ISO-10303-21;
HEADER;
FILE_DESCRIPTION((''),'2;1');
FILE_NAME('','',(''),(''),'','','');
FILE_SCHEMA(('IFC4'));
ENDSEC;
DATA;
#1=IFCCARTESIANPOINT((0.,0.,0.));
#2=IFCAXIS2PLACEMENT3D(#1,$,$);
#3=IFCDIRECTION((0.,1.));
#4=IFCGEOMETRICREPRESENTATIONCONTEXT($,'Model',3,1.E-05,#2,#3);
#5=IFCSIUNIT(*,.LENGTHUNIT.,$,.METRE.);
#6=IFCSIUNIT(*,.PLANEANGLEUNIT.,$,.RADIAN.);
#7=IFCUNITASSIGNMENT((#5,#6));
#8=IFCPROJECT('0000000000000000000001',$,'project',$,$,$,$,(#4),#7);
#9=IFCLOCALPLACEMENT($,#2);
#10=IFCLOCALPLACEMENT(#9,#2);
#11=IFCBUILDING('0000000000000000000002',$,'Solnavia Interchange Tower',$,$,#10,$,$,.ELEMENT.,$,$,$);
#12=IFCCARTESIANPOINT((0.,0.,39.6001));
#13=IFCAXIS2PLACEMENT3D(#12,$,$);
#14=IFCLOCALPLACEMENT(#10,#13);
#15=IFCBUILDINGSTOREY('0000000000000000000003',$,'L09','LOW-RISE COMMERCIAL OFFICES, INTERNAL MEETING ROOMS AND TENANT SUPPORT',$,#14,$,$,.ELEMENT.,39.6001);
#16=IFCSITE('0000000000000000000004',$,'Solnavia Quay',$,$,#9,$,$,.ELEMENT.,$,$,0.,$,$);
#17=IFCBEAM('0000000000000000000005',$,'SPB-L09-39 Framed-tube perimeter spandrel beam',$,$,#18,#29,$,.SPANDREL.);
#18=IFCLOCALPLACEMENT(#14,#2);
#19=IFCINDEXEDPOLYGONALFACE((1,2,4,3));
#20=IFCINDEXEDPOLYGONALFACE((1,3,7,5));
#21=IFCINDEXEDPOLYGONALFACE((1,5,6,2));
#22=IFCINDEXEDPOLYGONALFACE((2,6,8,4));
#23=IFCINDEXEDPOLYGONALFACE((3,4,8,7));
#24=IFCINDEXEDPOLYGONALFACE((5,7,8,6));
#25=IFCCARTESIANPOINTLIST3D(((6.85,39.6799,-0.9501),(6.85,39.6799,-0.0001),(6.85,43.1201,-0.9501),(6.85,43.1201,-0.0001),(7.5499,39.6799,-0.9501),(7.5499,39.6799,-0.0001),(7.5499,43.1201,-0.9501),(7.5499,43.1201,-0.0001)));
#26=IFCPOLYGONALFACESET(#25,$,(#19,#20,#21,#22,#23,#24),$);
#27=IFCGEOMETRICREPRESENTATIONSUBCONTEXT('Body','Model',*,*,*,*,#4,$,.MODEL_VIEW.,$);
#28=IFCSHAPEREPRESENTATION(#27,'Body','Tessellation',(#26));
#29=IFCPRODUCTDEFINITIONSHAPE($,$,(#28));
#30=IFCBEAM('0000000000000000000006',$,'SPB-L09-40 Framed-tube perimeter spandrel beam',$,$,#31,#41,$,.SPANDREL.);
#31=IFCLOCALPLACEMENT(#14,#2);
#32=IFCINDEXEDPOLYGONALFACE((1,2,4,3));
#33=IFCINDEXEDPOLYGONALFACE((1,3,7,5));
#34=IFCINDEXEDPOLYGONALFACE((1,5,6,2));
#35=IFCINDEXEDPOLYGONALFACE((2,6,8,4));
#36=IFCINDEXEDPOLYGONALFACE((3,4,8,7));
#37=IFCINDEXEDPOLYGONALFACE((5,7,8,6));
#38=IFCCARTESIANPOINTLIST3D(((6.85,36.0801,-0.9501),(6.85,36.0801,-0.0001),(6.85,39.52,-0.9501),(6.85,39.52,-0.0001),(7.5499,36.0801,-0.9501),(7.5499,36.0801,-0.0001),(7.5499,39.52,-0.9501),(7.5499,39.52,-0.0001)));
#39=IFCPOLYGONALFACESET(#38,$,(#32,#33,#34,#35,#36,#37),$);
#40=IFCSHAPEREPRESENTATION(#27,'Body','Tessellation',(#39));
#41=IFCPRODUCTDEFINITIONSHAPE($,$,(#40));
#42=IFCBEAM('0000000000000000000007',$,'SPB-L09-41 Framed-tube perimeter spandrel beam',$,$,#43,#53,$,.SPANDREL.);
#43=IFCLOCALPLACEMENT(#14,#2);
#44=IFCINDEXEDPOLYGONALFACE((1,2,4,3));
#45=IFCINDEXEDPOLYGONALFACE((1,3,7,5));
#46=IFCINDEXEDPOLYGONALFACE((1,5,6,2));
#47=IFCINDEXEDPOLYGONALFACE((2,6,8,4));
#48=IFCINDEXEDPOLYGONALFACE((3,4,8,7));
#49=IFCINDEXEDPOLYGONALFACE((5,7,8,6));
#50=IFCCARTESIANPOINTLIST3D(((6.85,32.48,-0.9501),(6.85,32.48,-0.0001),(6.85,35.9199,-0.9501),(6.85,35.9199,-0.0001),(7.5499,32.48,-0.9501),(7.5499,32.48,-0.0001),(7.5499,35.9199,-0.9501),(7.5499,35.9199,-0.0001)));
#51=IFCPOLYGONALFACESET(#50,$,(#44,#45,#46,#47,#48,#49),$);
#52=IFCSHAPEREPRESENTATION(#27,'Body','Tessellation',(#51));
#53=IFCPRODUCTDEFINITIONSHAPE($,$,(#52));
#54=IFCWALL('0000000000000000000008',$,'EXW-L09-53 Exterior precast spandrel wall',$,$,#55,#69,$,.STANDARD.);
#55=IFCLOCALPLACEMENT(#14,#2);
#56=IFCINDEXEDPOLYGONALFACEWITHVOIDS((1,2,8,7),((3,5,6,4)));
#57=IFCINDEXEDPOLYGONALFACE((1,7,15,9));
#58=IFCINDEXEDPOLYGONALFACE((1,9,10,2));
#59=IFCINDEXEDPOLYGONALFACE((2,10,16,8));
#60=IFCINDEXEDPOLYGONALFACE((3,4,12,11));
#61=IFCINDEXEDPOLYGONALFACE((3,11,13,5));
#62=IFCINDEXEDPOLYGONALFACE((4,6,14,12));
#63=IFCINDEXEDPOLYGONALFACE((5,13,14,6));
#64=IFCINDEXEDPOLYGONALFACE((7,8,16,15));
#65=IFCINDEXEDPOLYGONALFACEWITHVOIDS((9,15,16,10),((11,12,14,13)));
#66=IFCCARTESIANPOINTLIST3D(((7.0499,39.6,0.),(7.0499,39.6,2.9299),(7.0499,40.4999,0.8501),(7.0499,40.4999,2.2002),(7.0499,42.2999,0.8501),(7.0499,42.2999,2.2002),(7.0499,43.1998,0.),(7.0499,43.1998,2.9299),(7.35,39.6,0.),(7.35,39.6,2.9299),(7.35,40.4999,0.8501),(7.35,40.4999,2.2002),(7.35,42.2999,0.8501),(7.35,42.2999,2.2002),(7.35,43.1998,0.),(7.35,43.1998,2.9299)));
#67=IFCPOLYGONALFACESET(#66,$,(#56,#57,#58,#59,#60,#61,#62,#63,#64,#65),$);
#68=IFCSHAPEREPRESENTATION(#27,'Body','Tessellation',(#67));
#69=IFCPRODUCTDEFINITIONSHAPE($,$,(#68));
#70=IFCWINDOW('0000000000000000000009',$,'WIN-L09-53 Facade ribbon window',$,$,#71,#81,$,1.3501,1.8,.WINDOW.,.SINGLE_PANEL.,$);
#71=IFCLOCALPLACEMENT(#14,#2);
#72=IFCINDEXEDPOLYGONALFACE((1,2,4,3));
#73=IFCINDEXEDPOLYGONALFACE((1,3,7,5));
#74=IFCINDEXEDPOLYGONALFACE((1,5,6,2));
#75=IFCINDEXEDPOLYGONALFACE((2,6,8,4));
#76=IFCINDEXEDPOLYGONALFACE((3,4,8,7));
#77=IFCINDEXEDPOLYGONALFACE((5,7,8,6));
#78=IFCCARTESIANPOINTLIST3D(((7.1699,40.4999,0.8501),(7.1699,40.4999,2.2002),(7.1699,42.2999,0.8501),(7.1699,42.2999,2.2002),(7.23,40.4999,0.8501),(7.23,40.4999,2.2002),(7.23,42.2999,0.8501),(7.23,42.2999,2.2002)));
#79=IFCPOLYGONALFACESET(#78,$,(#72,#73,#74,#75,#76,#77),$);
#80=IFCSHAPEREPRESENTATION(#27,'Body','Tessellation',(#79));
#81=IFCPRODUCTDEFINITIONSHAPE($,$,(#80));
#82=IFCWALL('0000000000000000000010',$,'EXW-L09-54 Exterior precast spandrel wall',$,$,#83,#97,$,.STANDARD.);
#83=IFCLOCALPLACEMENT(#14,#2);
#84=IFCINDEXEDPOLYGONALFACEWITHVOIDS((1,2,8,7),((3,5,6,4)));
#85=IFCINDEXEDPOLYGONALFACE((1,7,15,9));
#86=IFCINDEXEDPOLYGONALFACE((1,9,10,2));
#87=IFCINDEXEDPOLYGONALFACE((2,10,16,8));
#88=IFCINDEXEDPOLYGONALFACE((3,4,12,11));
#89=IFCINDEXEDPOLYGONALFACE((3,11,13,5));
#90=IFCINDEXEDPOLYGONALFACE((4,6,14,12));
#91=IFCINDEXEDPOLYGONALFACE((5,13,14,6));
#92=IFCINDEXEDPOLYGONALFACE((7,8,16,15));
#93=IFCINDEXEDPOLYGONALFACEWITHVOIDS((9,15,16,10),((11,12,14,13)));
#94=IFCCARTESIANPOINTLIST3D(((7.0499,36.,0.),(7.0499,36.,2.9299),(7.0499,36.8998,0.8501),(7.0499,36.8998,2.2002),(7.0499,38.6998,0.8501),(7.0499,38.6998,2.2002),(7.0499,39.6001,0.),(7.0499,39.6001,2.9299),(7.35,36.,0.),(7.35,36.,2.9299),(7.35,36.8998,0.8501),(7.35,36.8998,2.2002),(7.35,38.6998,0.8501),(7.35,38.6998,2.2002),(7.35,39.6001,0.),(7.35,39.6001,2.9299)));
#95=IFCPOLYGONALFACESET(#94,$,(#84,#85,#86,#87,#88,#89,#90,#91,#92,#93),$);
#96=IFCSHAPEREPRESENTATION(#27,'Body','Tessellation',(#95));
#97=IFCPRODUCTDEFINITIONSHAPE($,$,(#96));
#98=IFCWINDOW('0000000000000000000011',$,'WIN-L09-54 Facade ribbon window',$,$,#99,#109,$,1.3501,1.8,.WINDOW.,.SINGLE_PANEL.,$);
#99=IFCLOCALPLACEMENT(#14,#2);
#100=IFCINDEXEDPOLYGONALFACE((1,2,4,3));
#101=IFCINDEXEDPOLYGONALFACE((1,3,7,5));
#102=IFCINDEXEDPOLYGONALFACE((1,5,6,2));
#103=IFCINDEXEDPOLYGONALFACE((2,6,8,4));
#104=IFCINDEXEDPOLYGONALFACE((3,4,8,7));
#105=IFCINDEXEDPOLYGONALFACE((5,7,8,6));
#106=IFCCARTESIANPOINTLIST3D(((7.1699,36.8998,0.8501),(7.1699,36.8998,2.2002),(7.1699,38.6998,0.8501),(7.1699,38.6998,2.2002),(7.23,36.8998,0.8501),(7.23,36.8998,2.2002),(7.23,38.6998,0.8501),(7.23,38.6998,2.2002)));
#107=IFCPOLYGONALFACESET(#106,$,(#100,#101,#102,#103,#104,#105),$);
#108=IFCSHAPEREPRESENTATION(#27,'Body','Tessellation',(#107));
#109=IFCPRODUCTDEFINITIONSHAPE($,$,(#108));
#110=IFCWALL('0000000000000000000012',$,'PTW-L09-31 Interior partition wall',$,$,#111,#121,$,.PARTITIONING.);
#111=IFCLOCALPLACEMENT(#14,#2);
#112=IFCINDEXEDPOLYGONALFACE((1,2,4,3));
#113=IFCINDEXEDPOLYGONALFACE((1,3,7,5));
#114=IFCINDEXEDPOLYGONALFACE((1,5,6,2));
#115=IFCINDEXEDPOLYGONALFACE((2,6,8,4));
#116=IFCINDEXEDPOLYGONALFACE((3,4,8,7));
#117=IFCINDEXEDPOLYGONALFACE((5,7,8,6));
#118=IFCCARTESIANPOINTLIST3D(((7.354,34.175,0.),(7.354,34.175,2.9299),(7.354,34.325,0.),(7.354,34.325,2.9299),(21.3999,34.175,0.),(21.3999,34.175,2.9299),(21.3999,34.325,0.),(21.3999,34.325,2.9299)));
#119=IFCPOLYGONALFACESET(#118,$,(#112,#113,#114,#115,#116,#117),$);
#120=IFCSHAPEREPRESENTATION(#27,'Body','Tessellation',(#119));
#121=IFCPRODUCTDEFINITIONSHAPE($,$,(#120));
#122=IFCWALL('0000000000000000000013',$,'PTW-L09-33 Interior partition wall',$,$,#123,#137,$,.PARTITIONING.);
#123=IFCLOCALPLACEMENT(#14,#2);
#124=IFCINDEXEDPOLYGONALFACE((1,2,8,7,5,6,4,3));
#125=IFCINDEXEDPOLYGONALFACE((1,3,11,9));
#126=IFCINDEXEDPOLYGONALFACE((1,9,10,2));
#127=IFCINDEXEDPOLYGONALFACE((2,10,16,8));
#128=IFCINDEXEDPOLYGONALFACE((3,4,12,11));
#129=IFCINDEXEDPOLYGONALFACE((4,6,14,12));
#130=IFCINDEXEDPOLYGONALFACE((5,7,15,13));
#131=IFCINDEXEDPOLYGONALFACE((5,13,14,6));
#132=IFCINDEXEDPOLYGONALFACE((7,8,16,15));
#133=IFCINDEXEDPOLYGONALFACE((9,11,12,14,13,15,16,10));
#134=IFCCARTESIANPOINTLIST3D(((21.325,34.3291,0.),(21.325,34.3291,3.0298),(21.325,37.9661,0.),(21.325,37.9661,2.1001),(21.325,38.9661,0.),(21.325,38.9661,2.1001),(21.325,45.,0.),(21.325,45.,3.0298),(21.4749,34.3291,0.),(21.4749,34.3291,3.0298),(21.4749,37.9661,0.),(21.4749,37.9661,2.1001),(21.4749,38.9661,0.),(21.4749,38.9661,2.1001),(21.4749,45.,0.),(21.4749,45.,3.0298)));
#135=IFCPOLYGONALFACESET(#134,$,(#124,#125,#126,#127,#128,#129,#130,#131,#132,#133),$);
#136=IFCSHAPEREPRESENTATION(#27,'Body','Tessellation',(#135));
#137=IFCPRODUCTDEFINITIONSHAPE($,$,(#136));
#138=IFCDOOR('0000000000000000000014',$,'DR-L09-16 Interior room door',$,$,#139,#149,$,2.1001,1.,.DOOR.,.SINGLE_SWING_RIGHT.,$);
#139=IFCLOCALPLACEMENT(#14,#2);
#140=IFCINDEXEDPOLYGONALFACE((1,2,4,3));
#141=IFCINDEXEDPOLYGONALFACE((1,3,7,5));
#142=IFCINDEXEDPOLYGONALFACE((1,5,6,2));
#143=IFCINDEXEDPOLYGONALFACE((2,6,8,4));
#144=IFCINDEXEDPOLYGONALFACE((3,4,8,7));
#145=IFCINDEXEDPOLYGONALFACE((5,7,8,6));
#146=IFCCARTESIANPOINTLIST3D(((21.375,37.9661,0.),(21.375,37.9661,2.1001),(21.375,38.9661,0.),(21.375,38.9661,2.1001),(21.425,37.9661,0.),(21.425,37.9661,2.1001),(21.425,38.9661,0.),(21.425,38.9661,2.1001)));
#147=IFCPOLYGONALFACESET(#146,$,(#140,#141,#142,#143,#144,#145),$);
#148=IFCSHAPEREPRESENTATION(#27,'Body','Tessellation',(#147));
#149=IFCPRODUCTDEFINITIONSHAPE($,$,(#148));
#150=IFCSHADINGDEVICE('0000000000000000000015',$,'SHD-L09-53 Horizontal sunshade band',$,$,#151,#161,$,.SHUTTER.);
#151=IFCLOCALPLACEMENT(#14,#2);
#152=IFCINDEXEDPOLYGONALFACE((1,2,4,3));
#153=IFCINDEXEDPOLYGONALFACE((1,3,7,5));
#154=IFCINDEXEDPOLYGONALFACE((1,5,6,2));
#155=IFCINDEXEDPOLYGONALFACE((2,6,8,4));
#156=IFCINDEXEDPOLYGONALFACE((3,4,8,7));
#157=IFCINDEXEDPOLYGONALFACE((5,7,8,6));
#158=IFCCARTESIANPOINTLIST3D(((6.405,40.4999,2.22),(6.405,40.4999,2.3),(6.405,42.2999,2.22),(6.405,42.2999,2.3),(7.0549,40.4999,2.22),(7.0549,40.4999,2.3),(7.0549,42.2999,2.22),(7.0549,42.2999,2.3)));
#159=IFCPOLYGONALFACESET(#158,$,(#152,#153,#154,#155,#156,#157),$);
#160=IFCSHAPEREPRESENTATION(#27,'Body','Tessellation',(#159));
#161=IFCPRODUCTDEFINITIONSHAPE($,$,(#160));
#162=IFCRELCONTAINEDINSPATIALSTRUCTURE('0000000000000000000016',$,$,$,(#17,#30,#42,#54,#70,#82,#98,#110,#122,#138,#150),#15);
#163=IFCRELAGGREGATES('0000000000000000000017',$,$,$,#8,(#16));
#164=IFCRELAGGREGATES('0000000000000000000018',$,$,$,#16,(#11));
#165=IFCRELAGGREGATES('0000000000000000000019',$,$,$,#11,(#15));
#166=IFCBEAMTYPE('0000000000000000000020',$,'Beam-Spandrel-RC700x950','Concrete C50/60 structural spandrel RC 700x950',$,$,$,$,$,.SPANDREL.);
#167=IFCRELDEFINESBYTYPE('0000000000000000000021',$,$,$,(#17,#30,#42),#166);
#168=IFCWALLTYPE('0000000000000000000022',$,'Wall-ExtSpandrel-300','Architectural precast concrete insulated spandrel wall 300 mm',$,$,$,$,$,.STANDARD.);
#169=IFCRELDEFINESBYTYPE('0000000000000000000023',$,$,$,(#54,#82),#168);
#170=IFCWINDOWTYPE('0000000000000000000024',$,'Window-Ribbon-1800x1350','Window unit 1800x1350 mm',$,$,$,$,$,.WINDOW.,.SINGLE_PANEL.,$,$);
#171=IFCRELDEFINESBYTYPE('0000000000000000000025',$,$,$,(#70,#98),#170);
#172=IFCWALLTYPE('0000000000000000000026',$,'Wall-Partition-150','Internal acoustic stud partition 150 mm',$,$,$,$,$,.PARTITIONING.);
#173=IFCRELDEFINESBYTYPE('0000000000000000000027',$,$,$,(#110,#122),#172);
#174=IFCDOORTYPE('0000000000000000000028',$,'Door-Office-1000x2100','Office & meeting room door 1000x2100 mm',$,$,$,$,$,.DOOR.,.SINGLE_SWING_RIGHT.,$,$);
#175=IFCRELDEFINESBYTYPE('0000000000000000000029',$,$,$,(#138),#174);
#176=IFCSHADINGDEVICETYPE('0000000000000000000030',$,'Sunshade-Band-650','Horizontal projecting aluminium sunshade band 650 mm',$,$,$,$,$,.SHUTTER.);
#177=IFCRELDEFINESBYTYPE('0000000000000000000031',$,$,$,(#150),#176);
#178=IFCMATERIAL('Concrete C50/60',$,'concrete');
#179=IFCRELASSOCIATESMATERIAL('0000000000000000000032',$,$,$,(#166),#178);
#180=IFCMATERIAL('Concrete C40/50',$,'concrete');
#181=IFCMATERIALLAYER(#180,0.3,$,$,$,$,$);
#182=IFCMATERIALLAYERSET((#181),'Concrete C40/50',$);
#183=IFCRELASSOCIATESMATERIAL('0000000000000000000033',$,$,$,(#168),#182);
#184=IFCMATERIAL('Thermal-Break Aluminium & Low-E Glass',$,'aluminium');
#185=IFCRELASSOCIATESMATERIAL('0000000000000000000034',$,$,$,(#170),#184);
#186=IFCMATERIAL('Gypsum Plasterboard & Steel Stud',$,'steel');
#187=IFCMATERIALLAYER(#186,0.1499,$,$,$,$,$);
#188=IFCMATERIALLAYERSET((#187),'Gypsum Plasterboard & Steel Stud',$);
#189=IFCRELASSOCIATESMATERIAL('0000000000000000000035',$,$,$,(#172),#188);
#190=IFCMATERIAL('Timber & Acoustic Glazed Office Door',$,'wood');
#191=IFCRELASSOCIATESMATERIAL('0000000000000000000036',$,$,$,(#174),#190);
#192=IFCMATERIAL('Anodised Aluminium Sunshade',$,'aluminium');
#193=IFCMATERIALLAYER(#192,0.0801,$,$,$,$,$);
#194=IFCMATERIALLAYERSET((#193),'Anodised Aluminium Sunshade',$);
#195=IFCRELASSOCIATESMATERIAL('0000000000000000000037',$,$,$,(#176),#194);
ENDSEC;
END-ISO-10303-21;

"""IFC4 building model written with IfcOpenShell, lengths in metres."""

from ifc_helpers import new_model, si_unit, direction, frame, frame_2d, origin, origin_2d, place, context, subcontext, project, spatial, rectangle, extrude, material, layer, layer_set, material_profile, profile_set, type_object, element, fill, save


model = new_model("IFC4")

# Units and contexts
model_context = context("Model", 3, precision=1e-05, world=origin(), true_north=direction((0.0, 1.0)))
body_context = subcontext(model_context, "Body", "Model", "MODEL_VIEW")
ifc_project = project(units=[si_unit("LENGTHUNIT", "METRE"), si_unit("PLANEANGLEUNIT", "RADIAN")], contexts=[model_context])

# Site, building, storey
site_placement = place(None, origin())
site = spatial("IfcSite", under=ifc_project, at=site_placement, Name="Solnavia Quay", CompositionType="ELEMENT", RefElevation=0.0)
building_placement = place(site_placement, origin())
building = spatial("IfcBuilding", under=site, at=building_placement, Name="Solnavia Interchange Tower", CompositionType="ELEMENT")
storey_placement = place(building_placement, frame((0.0, 0.0, 39.6001)))
storey = spatial("IfcBuildingStorey", under=building, at=storey_placement, Name="L09", Description="LOW-RISE COMMERCIAL OFFICES, INTERNAL MEETING ROOMS AND TENANT SUPPORT", CompositionType="ELEMENT", Elevation=39.6001)

# Beams
ifc_material_1 = material(Name="Concrete C50/60", Category="concrete")
ifc_material_profile_1 = material_profile(ifc_material_1, rectangle(XDim=0.7, YDim=0.95, at=origin_2d()), Name="RC 700x950")
ifc_profile_set_1 = profile_set([ifc_material_profile_1], Name="Concrete C50/60")
beam_type_1 = type_object("IfcBeamType", Name="Beam-Spandrel-RC700x950", Description="Concrete C50/60 structural spandrel RC 700x950", PredefinedType="SPANDREL", material=ifc_profile_set_1)
beam_1_placement = place(storey_placement, frame((7.2, 43.1201, -0.4751), z_axis=(0.0, -1.0, 0.0), x_axis=(1.0, 0.0, 0.0)))
element("IfcBeam", 1, at=beam_1_placement, inside=storey, type_object=beam_type_1, Name="SPB-L09-39 Framed-tube perimeter spandrel beam", PredefinedType="SPANDREL", context=body_context, shape_type="SweptSolid", body=[
    extrude(rectangle(XDim=0.7, YDim=0.95, at=origin_2d()), origin(), (0.0, 0.0, 1.0), 3.4402),
])
for number, where, z_axis, x_axis, name in (
    (2, (7.2, 39.52, -0.4751), (0.0, -1.0, 0.0), (1.0, 0.0, 0.0), "SPB-L09-40 Framed-tube perimeter spandrel beam"),
    (3, (7.2, 35.9199, -0.4751), (0.0, -1.0, 0.0), (1.0, 0.0, 0.0), "SPB-L09-41 Framed-tube perimeter spandrel beam"),
):
    element("IfcBeam", number, at=place(storey_placement, frame(where, z_axis=z_axis, x_axis=x_axis)), inside=storey, type_object=beam_type_1, Name=name, PredefinedType="SPANDREL", context=body_context, shape_type="SweptSolid", body=[
        extrude(rectangle(XDim=0.7, YDim=0.95, at=origin_2d()), origin(), (0.0, 0.0, 1.0), 3.4399),
    ])

# Walls, openings, windows
ifc_material_2 = material(Name="Concrete C40/50", Category="concrete")
ifc_layer_1 = layer(ifc_material_2, 0.3)
ifc_layer_set_1 = layer_set([ifc_layer_1], Name="Concrete C40/50")
wall_type_1 = type_object("IfcWallType", Name="Wall-ExtSpandrel-300", Description="Architectural precast concrete insulated spandrel wall 300 mm", PredefinedType="STANDARD", material=ifc_layer_set_1)
wall_1_placement = place(storey_placement, frame((7.2, 39.6001, 0.0), z_axis=(0.0, 0.0, 1.0), x_axis=(0.0, 1.0, 0.0)))
wall_1 = element("IfcWall", 4, at=wall_1_placement, inside=storey, type_object=wall_type_1, Name="EXW-L09-53 Exterior precast spandrel wall", PredefinedType="STANDARD", context=body_context, shape_type="SweptSolid", body=[
    extrude(rectangle(XDim=3.5999, YDim=0.3, at=frame_2d((1.7998, 0.0))), origin(), (0.0, 0.0, 1.0), 2.9299),
])
opening_1_placement = place(wall_1_placement, frame((0.8999, 0.0, 0.8501)))
opening_1 = element("IfcOpeningElement", 5, at=opening_1_placement, cuts=wall_1, PredefinedType="OPENING", context=body_context, shape_type="SweptSolid", body=[
    extrude(rectangle(XDim=1.8, YDim=1.3501, at=frame_2d((0.8999, 0.675))), frame((0.0, 0.1602, 0.0), z_axis=(0.0, -1.0, 0.0), x_axis=(1.0, 0.0, 0.0)), (0.0, 0.0, 1.0), 0.3201),
])
ifc_material_3 = material(Name="Thermal-Break Aluminium & Low-E Glass", Category="aluminium")
window_type = type_object("IfcWindowType", Name="Window-Ribbon-1800x1350", Description="Window unit 1800x1350 mm", PartitioningType="SINGLE_PANEL", PredefinedType="WINDOW", material=ifc_material_3)
window_1_placement = place(opening_1_placement, origin())
window_1 = element("IfcWindow", 6, at=window_1_placement, inside=storey, type_object=window_type, Name="WIN-L09-53 Facade ribbon window", OverallHeight=1.3501, OverallWidth=1.8, PartitioningType="SINGLE_PANEL", PredefinedType="WINDOW", context=body_context, shape_type="SweptSolid", body=[
    extrude(rectangle(XDim=1.8, YDim=1.3501, at=frame_2d((0.8999, 0.675))), frame((0.0, 0.03, 0.0), z_axis=(0.0, -1.0, 0.0), x_axis=(1.0, 0.0, 0.0)), (0.0, 0.0, 1.0), 0.0601),
])
fill(opening_1, window_1)
wall_2_placement = place(storey_placement, frame((7.2, 36.0, 0.0), z_axis=(0.0, 0.0, 1.0), x_axis=(0.0, 1.0, 0.0)))
wall_2 = element("IfcWall", 7, at=wall_2_placement, inside=storey, type_object=wall_type_1, Name="EXW-L09-54 Exterior precast spandrel wall", PredefinedType="STANDARD", context=body_context, shape_type="SweptSolid", body=[
    extrude(rectangle(XDim=3.6001, YDim=0.3, at=frame_2d((1.8, 0.0))), origin(), (0.0, 0.0, 1.0), 2.9299),
])
opening_2_placement = place(wall_2_placement, frame((0.8999, 0.0, 0.8501)))
opening_2 = element("IfcOpeningElement", 8, at=opening_2_placement, cuts=wall_2, PredefinedType="OPENING", context=body_context, shape_type="SweptSolid", body=[
    extrude(rectangle(XDim=1.8, YDim=1.3501, at=frame_2d((0.8999, 0.675))), frame((0.0, 0.1602, 0.0), z_axis=(0.0, -1.0, 0.0), x_axis=(1.0, 0.0, 0.0)), (0.0, 0.0, 1.0), 0.3201),
])
window_2_placement = place(opening_2_placement, origin())
window_2 = element("IfcWindow", 9, at=window_2_placement, inside=storey, type_object=window_type, Name="WIN-L09-54 Facade ribbon window", OverallHeight=1.3501, OverallWidth=1.8, PartitioningType="SINGLE_PANEL", PredefinedType="WINDOW", context=body_context, shape_type="SweptSolid", body=[
    extrude(rectangle(XDim=1.8, YDim=1.3501, at=frame_2d((0.8999, 0.675))), frame((0.0, 0.03, 0.0), z_axis=(0.0, -1.0, 0.0), x_axis=(1.0, 0.0, 0.0)), (0.0, 0.0, 1.0), 0.0601),
])
fill(opening_2, window_2)

# Wall
ifc_material_4 = material(Name="Gypsum Plasterboard & Steel Stud", Category="steel")
ifc_layer_2 = layer(ifc_material_4, 0.1499)
ifc_layer_set_2 = layer_set([ifc_layer_2], Name="Gypsum Plasterboard & Steel Stud")
wall_type_2 = type_object("IfcWallType", Name="Wall-Partition-150", Description="Internal acoustic stud partition 150 mm", PredefinedType="PARTITIONING", material=ifc_layer_set_2)
wall_3_placement = place(storey_placement, frame((7.354, 34.25, 0.0), z_axis=(0.0, 0.0, 1.0), x_axis=(1.0, 0.0, 0.0)))
element("IfcWall", 10, at=wall_3_placement, inside=storey, type_object=wall_type_2, Name="PTW-L09-31 Interior partition wall", PredefinedType="PARTITIONING", context=body_context, shape_type="SweptSolid", body=[
    extrude(rectangle(XDim=14.0459, YDim=0.1499, at=frame_2d((7.0229, 0.0))), origin(), (0.0, 0.0, 1.0), 2.9299),
])

# Wall, opening, door
wall_4_placement = place(storey_placement, frame((21.3999, 34.3291, 0.0), z_axis=(0.0, 0.0, 1.0), x_axis=(0.0, 1.0, 0.0)))
wall_4 = element("IfcWall", 11, at=wall_4_placement, inside=storey, type_object=wall_type_2, Name="PTW-L09-33 Interior partition wall", PredefinedType="PARTITIONING", context=body_context, shape_type="SweptSolid", body=[
    extrude(rectangle(XDim=10.6709, YDim=0.1499, at=frame_2d((5.3354, 0.0))), origin(), (0.0, 0.0, 1.0), 3.0298),
])
opening_3_placement = place(wall_4_placement, frame((3.637, 0.0, 0.0)))
opening_3 = element("IfcOpeningElement", 12, at=opening_3_placement, cuts=wall_4, PredefinedType="OPENING", context=body_context, shape_type="SweptSolid", body=[
    extrude(rectangle(XDim=1.0, YDim=2.1001, at=frame_2d((0.5, 1.05))), frame((0.0, 0.085, 0.0), z_axis=(0.0, -1.0, 0.0), x_axis=(1.0, 0.0, 0.0)), (0.0, 0.0, 1.0), 0.1699),
])
ifc_material_5 = material(Name="Timber & Acoustic Glazed Office Door", Category="wood")
door_type = type_object("IfcDoorType", Name="Door-Office-1000x2100", Description="Office & meeting room door 1000x2100 mm", OperationType="SINGLE_SWING_RIGHT", PredefinedType="DOOR", material=ifc_material_5)
door_placement = place(opening_3_placement, origin())
door = element("IfcDoor", 13, at=door_placement, inside=storey, type_object=door_type, Name="DR-L09-16 Interior room door", OperationType="SINGLE_SWING_RIGHT", OverallHeight=2.1001, OverallWidth=1.0, PredefinedType="DOOR", context=body_context, shape_type="SweptSolid", body=[
    extrude(rectangle(XDim=1.0, YDim=2.1001, at=frame_2d((0.5, 1.05))), frame((0.0, 0.0249, 0.0), z_axis=(0.0, -1.0, 0.0), x_axis=(1.0, 0.0, 0.0)), (0.0, 0.0, 1.0), 0.05),
])
fill(opening_3, door)

# Shading device
ifc_material_6 = material(Name="Anodised Aluminium Sunshade", Category="aluminium")
ifc_layer_3 = layer(ifc_material_6, 0.0801)
ifc_layer_set_3 = layer_set([ifc_layer_3], Name="Anodised Aluminium Sunshade")
shading_device_type = type_object("IfcShadingDeviceType", Name="Sunshade-Band-650", Description="Horizontal projecting aluminium sunshade band 650 mm", PredefinedType="SHUTTER", material=ifc_layer_set_3)
shading_device_placement = place(storey_placement, frame((6.73, 41.3999, 2.22), z_axis=(0.0, 0.0, 1.0), x_axis=(0.0, 1.0, 0.0)))
element("IfcShadingDevice", 14, at=shading_device_placement, inside=storey, type_object=shading_device_type, Name="SHD-L09-53 Horizontal sunshade band", PredefinedType="SHUTTER", context=body_context, shape_type="SweptSolid", body=[
    extrude(rectangle(XDim=1.8, YDim=0.6499, at=origin_2d()), origin(), (0.0, 0.0, 1.0), 0.0801),
])

save(model, "model.ifc")
